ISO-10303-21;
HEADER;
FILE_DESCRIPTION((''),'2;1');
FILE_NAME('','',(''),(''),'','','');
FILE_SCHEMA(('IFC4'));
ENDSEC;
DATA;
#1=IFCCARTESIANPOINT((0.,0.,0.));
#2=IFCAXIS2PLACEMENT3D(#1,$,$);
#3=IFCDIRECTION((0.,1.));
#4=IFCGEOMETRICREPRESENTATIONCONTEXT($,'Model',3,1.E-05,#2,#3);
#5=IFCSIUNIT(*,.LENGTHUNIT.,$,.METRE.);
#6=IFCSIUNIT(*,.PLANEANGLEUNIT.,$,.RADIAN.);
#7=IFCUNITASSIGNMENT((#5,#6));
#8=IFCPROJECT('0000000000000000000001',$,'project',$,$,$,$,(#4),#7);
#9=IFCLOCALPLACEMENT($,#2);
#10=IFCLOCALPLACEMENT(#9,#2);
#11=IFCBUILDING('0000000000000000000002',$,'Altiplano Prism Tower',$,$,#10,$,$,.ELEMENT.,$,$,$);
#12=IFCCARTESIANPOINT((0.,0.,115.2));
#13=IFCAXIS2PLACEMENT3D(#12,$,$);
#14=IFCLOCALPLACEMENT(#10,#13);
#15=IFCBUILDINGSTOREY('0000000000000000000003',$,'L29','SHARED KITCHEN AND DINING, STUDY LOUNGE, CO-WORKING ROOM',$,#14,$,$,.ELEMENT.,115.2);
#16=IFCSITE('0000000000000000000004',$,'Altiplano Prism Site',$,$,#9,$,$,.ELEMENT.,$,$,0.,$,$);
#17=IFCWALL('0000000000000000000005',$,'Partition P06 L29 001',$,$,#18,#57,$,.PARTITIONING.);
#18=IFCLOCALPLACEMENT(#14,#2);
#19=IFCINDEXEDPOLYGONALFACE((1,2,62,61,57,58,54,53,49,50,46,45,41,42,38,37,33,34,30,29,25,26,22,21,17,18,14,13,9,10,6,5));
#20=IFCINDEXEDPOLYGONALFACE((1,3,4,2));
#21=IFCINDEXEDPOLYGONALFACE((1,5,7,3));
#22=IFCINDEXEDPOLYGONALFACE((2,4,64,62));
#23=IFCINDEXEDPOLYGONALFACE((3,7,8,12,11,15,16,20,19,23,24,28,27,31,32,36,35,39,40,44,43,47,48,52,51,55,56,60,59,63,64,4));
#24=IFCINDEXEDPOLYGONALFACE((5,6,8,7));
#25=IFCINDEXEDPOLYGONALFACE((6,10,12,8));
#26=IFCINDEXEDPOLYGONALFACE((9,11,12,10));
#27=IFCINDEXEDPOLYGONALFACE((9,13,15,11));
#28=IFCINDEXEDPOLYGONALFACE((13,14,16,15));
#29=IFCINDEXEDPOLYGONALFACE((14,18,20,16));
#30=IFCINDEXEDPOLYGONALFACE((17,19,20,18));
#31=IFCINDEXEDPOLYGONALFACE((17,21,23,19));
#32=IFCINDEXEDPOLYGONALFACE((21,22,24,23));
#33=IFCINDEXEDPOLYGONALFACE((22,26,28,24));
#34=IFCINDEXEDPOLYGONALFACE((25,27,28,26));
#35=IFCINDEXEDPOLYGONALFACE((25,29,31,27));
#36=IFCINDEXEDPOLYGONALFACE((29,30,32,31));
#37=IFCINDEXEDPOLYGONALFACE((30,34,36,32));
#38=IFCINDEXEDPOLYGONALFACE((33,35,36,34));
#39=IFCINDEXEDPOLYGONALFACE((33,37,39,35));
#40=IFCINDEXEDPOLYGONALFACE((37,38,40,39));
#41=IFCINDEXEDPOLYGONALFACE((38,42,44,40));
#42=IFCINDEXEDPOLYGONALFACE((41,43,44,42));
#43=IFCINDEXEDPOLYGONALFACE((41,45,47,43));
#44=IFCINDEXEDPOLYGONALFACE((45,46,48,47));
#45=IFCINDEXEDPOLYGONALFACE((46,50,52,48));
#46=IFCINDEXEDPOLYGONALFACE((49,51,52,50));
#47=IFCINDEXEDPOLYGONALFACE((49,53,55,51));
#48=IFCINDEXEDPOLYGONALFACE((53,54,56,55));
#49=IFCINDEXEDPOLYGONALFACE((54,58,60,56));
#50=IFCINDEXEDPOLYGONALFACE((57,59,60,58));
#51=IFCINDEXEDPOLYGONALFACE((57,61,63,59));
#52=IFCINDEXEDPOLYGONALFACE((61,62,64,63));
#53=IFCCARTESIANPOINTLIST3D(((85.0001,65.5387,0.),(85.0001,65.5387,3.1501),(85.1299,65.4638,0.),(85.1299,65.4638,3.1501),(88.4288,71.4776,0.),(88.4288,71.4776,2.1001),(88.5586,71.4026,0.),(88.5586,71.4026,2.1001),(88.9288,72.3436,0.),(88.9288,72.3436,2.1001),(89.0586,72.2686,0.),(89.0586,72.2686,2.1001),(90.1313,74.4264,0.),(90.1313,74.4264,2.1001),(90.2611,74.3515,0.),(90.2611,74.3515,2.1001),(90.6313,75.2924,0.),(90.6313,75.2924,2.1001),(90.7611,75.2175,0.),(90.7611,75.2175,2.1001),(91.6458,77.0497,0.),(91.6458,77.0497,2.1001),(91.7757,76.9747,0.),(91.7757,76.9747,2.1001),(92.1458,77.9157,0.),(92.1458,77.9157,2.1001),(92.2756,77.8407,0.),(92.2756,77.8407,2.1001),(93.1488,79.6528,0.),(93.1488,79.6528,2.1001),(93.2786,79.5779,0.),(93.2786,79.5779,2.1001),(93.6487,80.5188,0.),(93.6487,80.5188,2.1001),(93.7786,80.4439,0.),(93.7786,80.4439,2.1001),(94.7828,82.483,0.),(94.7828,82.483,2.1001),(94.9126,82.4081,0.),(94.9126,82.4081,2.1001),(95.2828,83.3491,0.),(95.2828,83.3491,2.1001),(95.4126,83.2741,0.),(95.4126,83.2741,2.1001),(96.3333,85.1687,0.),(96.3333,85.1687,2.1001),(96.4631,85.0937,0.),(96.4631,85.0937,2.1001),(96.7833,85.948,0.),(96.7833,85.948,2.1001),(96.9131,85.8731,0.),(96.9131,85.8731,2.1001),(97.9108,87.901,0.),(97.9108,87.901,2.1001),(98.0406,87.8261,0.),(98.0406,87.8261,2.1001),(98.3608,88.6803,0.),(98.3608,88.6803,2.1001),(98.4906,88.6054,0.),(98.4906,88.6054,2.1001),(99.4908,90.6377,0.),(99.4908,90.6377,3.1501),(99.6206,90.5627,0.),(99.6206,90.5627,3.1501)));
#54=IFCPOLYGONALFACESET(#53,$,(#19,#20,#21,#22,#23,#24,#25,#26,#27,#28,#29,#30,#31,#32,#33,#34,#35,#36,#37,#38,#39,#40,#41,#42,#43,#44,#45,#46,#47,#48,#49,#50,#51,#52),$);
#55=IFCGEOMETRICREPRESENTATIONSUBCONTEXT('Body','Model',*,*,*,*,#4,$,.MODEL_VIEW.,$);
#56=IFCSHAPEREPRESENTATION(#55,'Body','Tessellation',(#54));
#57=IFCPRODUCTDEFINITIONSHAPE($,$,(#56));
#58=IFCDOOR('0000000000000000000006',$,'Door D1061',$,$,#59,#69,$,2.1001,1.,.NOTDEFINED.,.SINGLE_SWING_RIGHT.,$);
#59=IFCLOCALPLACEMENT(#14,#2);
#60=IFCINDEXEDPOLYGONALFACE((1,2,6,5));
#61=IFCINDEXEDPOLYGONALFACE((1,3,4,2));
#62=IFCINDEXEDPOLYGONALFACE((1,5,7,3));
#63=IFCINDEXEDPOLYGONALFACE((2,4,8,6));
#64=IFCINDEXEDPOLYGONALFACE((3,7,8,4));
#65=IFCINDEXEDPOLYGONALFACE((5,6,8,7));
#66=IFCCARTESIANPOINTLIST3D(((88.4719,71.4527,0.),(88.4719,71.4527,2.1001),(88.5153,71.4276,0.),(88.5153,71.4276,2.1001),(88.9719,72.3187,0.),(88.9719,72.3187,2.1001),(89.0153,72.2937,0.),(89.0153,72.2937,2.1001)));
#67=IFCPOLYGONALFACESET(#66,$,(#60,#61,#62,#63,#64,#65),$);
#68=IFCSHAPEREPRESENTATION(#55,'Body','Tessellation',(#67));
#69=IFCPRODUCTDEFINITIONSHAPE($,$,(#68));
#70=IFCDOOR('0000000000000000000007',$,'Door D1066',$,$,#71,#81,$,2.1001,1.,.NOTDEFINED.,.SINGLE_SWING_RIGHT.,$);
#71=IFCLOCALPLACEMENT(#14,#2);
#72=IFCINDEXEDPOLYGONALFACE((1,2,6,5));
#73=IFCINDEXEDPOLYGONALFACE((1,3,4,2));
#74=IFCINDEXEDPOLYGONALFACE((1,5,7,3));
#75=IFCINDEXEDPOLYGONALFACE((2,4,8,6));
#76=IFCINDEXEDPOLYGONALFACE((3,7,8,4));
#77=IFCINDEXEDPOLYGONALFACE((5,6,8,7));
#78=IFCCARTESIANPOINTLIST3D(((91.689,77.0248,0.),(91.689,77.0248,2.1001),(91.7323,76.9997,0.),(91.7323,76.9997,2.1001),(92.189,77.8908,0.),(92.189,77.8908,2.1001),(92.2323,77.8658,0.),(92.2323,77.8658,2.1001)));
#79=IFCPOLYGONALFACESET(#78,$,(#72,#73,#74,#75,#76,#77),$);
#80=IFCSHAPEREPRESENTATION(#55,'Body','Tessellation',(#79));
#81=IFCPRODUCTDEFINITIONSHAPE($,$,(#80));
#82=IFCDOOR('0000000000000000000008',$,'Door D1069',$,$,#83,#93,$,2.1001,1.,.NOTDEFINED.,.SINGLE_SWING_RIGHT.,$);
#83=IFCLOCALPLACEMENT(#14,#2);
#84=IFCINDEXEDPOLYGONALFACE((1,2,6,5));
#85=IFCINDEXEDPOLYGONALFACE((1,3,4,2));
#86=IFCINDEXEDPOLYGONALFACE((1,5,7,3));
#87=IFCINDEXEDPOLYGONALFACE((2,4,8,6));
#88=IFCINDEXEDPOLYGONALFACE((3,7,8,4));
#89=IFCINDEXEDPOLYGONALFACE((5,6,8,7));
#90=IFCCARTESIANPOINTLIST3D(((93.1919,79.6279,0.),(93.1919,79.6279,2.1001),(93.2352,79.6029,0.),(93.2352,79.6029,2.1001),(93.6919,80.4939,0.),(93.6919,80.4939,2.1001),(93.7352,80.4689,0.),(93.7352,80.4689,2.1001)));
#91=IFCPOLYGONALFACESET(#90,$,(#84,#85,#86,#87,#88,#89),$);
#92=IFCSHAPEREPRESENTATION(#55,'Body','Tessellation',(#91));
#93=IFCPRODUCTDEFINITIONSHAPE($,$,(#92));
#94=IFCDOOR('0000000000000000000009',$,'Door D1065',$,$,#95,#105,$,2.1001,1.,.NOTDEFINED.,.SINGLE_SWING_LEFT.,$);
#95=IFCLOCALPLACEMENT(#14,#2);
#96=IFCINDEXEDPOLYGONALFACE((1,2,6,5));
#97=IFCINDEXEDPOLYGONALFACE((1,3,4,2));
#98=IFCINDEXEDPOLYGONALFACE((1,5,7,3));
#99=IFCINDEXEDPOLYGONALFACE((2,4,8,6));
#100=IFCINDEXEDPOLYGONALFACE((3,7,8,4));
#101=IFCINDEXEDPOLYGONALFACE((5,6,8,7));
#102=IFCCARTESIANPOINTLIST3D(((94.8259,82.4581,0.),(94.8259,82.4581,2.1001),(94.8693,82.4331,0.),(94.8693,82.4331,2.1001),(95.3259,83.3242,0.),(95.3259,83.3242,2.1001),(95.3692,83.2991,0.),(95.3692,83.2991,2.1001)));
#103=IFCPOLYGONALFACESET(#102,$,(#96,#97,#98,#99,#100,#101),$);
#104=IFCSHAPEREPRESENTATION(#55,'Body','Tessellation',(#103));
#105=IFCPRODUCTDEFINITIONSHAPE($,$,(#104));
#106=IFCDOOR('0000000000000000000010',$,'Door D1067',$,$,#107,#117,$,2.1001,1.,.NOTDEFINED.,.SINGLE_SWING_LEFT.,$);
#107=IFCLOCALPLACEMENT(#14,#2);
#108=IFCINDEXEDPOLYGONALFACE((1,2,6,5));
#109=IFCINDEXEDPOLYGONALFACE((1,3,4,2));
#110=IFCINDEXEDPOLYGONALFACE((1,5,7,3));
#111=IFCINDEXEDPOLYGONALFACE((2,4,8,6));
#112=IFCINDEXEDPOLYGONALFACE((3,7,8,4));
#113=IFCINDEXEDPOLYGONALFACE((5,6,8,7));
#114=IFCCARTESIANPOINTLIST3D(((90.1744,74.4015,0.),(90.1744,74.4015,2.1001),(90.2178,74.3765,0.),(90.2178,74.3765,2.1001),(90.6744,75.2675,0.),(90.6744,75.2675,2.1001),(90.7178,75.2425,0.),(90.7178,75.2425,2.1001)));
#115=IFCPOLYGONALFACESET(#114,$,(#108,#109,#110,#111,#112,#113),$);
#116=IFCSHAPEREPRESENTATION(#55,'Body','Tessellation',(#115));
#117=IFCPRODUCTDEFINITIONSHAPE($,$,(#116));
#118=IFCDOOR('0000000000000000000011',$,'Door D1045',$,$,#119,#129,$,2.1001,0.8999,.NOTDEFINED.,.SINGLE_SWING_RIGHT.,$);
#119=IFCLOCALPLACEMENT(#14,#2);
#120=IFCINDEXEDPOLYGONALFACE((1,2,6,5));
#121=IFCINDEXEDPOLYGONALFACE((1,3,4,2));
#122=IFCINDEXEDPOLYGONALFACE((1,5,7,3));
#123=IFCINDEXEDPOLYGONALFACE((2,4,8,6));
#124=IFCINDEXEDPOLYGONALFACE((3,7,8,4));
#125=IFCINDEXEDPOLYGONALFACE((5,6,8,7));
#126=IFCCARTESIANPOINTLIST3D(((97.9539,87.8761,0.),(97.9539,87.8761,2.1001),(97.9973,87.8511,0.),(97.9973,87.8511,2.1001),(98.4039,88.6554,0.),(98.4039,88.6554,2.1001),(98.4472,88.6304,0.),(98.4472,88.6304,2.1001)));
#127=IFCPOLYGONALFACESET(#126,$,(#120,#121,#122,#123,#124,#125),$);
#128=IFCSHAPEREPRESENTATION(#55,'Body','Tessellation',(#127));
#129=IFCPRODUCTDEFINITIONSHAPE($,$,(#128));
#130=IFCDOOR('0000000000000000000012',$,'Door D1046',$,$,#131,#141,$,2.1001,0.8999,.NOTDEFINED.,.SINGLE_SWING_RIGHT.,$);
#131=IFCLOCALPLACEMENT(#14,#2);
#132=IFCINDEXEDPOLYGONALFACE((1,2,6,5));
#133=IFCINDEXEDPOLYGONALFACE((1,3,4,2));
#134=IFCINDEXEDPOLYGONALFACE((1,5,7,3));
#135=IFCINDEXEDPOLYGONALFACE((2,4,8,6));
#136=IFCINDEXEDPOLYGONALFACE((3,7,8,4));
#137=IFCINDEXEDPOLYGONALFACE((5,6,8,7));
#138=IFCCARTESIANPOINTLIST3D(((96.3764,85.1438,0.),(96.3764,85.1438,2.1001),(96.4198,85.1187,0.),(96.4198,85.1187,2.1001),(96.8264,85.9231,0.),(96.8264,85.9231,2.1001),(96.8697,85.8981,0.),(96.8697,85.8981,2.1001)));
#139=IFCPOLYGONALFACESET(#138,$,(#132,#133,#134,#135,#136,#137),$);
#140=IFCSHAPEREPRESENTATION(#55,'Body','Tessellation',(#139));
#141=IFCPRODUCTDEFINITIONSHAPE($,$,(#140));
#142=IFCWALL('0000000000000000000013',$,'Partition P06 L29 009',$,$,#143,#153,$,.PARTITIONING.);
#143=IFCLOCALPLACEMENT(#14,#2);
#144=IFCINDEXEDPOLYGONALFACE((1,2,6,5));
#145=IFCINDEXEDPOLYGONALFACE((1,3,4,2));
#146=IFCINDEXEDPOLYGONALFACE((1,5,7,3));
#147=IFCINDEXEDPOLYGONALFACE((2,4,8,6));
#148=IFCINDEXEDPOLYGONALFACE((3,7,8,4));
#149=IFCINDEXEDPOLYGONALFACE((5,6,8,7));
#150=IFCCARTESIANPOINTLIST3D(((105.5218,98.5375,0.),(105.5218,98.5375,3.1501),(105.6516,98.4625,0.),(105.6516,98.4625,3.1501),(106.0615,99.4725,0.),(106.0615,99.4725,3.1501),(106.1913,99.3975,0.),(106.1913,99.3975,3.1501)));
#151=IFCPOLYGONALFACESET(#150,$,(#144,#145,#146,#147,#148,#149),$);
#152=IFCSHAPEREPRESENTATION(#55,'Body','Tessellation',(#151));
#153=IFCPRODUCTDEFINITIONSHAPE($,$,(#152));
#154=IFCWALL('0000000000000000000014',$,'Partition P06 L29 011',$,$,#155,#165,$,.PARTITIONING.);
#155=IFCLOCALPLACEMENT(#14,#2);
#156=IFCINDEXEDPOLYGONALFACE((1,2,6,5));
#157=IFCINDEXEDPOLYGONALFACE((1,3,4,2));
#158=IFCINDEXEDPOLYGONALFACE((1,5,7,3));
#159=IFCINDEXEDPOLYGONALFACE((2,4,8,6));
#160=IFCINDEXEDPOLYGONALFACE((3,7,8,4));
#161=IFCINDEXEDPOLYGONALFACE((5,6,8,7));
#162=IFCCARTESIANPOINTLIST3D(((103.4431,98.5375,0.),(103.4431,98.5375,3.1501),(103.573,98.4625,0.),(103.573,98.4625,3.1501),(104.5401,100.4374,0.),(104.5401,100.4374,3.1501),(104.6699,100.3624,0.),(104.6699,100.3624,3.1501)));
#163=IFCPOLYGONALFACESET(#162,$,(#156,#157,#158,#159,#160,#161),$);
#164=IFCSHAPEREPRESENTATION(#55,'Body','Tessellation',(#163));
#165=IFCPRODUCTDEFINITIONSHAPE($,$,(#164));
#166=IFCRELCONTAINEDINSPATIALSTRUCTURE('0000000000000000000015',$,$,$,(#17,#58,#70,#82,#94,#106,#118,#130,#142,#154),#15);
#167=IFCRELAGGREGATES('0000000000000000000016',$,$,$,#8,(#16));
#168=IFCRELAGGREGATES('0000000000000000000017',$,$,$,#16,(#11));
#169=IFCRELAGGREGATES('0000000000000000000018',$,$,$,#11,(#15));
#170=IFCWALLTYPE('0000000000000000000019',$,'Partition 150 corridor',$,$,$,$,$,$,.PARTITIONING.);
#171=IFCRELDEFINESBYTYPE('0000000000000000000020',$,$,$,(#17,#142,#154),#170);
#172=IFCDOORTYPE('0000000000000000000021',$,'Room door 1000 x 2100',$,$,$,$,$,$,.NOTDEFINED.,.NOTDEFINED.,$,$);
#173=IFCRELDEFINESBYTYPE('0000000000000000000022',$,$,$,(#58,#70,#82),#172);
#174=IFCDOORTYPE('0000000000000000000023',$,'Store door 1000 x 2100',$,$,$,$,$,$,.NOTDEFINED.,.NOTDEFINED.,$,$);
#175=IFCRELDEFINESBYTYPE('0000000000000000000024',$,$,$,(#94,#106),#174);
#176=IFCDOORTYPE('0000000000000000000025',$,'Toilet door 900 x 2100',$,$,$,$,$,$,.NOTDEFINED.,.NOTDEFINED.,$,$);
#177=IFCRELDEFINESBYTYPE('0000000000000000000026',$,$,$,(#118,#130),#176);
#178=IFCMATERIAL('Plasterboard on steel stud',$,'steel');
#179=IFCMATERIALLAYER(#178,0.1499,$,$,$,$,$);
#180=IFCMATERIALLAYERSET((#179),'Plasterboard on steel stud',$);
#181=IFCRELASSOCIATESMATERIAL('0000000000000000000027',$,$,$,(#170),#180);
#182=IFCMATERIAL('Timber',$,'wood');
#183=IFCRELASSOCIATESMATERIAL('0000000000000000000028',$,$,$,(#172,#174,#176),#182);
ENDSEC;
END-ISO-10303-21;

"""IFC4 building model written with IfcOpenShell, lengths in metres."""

from ifc_helpers import new_model, si_unit, direction, frame, frame_2d, origin, place, context, subcontext, project, spatial, rectangle, extrude, material, layer, layer_set, type_object, element, fill, save


model = new_model("IFC4")

# Units and contexts
model_context = context("Model", 3, precision=1e-05, world=origin(), true_north=direction((0.0, 1.0)))
body_context = subcontext(model_context, "Body", "Model", "MODEL_VIEW")
ifc_project = project(units=[si_unit("LENGTHUNIT", "METRE"), si_unit("PLANEANGLEUNIT", "RADIAN")], contexts=[model_context])

# Site, building, storey
site_placement = place(None, origin())
site = spatial("IfcSite", under=ifc_project, at=site_placement, Name="Altiplano Prism Site", CompositionType="ELEMENT", RefElevation=0.0)
building_placement = place(site_placement, origin())
building = spatial("IfcBuilding", under=site, at=building_placement, Name="Altiplano Prism Tower", CompositionType="ELEMENT")
storey_placement = place(building_placement, frame((0.0, 0.0, 115.2)))
storey = spatial("IfcBuildingStorey", under=building, at=storey_placement, Name="L29", Description="SHARED KITCHEN AND DINING, STUDY LOUNGE, CO-WORKING ROOM", CompositionType="ELEMENT", Elevation=115.2)

# Wall, openings, doors
ifc_material_1 = material(Name="Plasterboard on steel stud", Category="steel")
ifc_layer_1 = layer(ifc_material_1, 0.1499)
ifc_layer_set_1 = layer_set([ifc_layer_1], Name="Plasterboard on steel stud")
wall_type_1 = type_object("IfcWallType", Name="Partition 150 corridor", PredefinedType="PARTITIONING", material=ifc_layer_set_1)
wall_1_placement = place(storey_placement, frame((99.5557, 90.6001, 0.0), z_axis=(0.0, 0.0, 1.0), x_axis=(-0.499997, -0.866027, 0.0)))
wall_1 = element("IfcWall", 1, at=wall_1_placement, inside=storey, type_object=wall_type_1, Name="Partition P06 L29 001", PredefinedType="PARTITIONING", context=body_context, shape_type="SweptSolid", body=[
    extrude(rectangle(XDim=28.9817, YDim=0.1499, at=frame_2d((14.4907, 0.0))), origin(), (0.0, 0.0, 1.0), 3.1501),
])
opening_1_placement = place(wall_1_placement, frame((2.26, 0.0, 0.0)))
opening_1 = element("IfcOpeningElement", 2, at=opening_1_placement, cuts=wall_1, PredefinedType="OPENING", context=body_context, shape_type="SweptSolid", body=[
    extrude(rectangle(XDim=0.8999, YDim=2.1001, at=frame_2d((0.45, 1.05))), frame((0.0, 0.0854, 0.0), z_axis=(0.0, -1.0, 0.0), x_axis=(1.0, 0.0, 0.0)), (0.0, 0.0, 1.0), 0.1709),
])
opening_2_placement = place(wall_1_placement, frame((5.415, 0.0, 0.0)))
opening_2 = element("IfcOpeningElement", 3, at=opening_2_placement, cuts=wall_1, PredefinedType="OPENING", context=body_context, shape_type="SweptSolid", body=[
    extrude(rectangle(XDim=0.8999, YDim=2.1001, at=frame_2d((0.45, 1.05))), frame((0.0, 0.0854, 0.0), z_axis=(0.0, -1.0, 0.0), x_axis=(1.0, 0.0, 0.0)), (0.0, 0.0, 1.0), 0.1709),
])
opening_3_placement = place(wall_1_placement, frame((21.124, 0.0, 0.0)))
opening_3 = element("IfcOpeningElement", 4, at=opening_3_placement, cuts=wall_1, PredefinedType="OPENING", context=body_context, shape_type="SweptSolid", body=[
    extrude(rectangle(XDim=1.0, YDim=2.1001, at=frame_2d((0.5, 1.05))), frame((0.0, 0.0854, 0.0), z_axis=(0.0, -1.0, 0.0), x_axis=(1.0, 0.0, 0.0)), (0.0, 0.0, 1.0), 0.1709),
])
opening_4_placement = place(wall_1_placement, frame((8.416, 0.0, 0.0)))
opening_4 = element("IfcOpeningElement", 5, at=opening_4_placement, cuts=wall_1, PredefinedType="OPENING", context=body_context, shape_type="SweptSolid", body=[
    extrude(rectangle(XDim=1.0, YDim=2.1001, at=frame_2d((0.5, 1.05))), frame((0.0, 0.0854, 0.0), z_axis=(0.0, -1.0, 0.0), x_axis=(1.0, 0.0, 0.0)), (0.0, 0.0, 1.0), 0.1709),
])
opening_5_placement = place(wall_1_placement, frame((14.6899, 0.0, 0.0)))
opening_5 = element("IfcOpeningElement", 6, at=opening_5_placement, cuts=wall_1, PredefinedType="OPENING", context=body_context, shape_type="SweptSolid", body=[
    extrude(rectangle(XDim=1.0, YDim=2.1001, at=frame_2d((0.5, 1.05))), frame((0.0, 0.0854, 0.0), z_axis=(0.0, -1.0, 0.0), x_axis=(1.0, 0.0, 0.0)), (0.0, 0.0, 1.0), 0.1709),
])
opening_6_placement = place(wall_1_placement, frame((17.719, 0.0, 0.0)))
opening_6 = element("IfcOpeningElement", 7, at=opening_6_placement, cuts=wall_1, PredefinedType="OPENING", context=body_context, shape_type="SweptSolid", body=[
    extrude(rectangle(XDim=1.0, YDim=2.1001, at=frame_2d((0.5, 1.05))), frame((0.0, 0.0854, 0.0), z_axis=(0.0, -1.0, 0.0), x_axis=(1.0, 0.0, 0.0)), (0.0, 0.0, 1.0), 0.1709),
])
opening_7_placement = place(wall_1_placement, frame((11.6841, 0.0, 0.0)))
opening_7 = element("IfcOpeningElement", 8, at=opening_7_placement, cuts=wall_1, PredefinedType="OPENING", context=body_context, shape_type="SweptSolid", body=[
    extrude(rectangle(XDim=1.0, YDim=2.1001, at=frame_2d((0.5, 1.05))), frame((0.0, 0.0854, 0.0), z_axis=(0.0, -1.0, 0.0), x_axis=(1.0, 0.0, 0.0)), (0.0, 0.0, 1.0), 0.1709),
])
ifc_material_2 = material(Name="Timber", Category="wood")
door_type_1 = type_object("IfcDoorType", Name="Room door 1000 x 2100", OperationType="NOTDEFINED", PredefinedType="NOTDEFINED", material=ifc_material_2)
door_1_placement = place(opening_3_placement, origin())
door_1 = element("IfcDoor", 9, at=door_1_placement, inside=storey, type_object=door_type_1, Name="Door D1061", OperationType="SINGLE_SWING_RIGHT", OverallHeight=2.1001, OverallWidth=1.0, PredefinedType="NOTDEFINED", context=body_context, shape_type="SweptSolid", body=[
    extrude(rectangle(XDim=1.0, YDim=2.1001, at=frame_2d((0.5, 1.05))), frame((0.0, 0.0249, 0.0), z_axis=(0.0, -1.0, 0.0), x_axis=(1.0, 0.0, 0.0)), (0.0, 0.0, 1.0), 0.05),
])
fill(opening_3, door_1)
door_2_placement = place(opening_5_placement, origin())
door_2 = element("IfcDoor", 10, at=door_2_placement, inside=storey, type_object=door_type_1, Name="Door D1066", OperationType="SINGLE_SWING_RIGHT", OverallHeight=2.1001, OverallWidth=1.0, PredefinedType="NOTDEFINED", context=body_context, shape_type="SweptSolid", body=[
    extrude(rectangle(XDim=1.0, YDim=2.1001, at=frame_2d((0.5, 1.05))), frame((0.0, 0.0249, 0.0), z_axis=(0.0, -1.0, 0.0), x_axis=(1.0, 0.0, 0.0)), (0.0, 0.0, 1.0), 0.05),
])
fill(opening_5, door_2)
door_3_placement = place(opening_7_placement, origin())
door_3 = element("IfcDoor", 11, at=door_3_placement, inside=storey, type_object=door_type_1, Name="Door D1069", OperationType="SINGLE_SWING_RIGHT", OverallHeight=2.1001, OverallWidth=1.0, PredefinedType="NOTDEFINED", context=body_context, shape_type="SweptSolid", body=[
    extrude(rectangle(XDim=1.0, YDim=2.1001, at=frame_2d((0.5, 1.05))), frame((0.0, 0.0249, 0.0), z_axis=(0.0, -1.0, 0.0), x_axis=(1.0, 0.0, 0.0)), (0.0, 0.0, 1.0), 0.05),
])
fill(opening_7, door_3)
door_type_2 = type_object("IfcDoorType", Name="Store door 1000 x 2100", OperationType="NOTDEFINED", PredefinedType="NOTDEFINED", material=ifc_material_2)
door_4_placement = place(opening_4_placement, origin())
door_4 = element("IfcDoor", 12, at=door_4_placement, inside=storey, type_object=door_type_2, Name="Door D1065", OperationType="SINGLE_SWING_LEFT", OverallHeight=2.1001, OverallWidth=1.0, PredefinedType="NOTDEFINED", context=body_context, shape_type="SweptSolid", body=[
    extrude(rectangle(XDim=1.0, YDim=2.1001, at=frame_2d((0.5, 1.05))), frame((0.0, 0.0249, 0.0), z_axis=(0.0, -1.0, 0.0), x_axis=(1.0, 0.0, 0.0)), (0.0, 0.0, 1.0), 0.05),
])
fill(opening_4, door_4)
door_5_placement = place(opening_6_placement, origin())
door_5 = element("IfcDoor", 13, at=door_5_placement, inside=storey, type_object=door_type_2, Name="Door D1067", OperationType="SINGLE_SWING_LEFT", OverallHeight=2.1001, OverallWidth=1.0, PredefinedType="NOTDEFINED", context=body_context, shape_type="SweptSolid", body=[
    extrude(rectangle(XDim=1.0, YDim=2.1001, at=frame_2d((0.5, 1.05))), frame((0.0, 0.0249, 0.0), z_axis=(0.0, -1.0, 0.0), x_axis=(1.0, 0.0, 0.0)), (0.0, 0.0, 1.0), 0.05),
])
fill(opening_6, door_5)
door_type_3 = type_object("IfcDoorType", Name="Toilet door 900 x 2100", OperationType="NOTDEFINED", PredefinedType="NOTDEFINED", material=ifc_material_2)
door_6_placement = place(opening_1_placement, origin())
door_6 = element("IfcDoor", 14, at=door_6_placement, inside=storey, type_object=door_type_3, Name="Door D1045", OperationType="SINGLE_SWING_RIGHT", OverallHeight=2.1001, OverallWidth=0.8999, PredefinedType="NOTDEFINED", context=body_context, shape_type="SweptSolid", body=[
    extrude(rectangle(XDim=0.8999, YDim=2.1001, at=frame_2d((0.45, 1.05))), frame((0.0, 0.0249, 0.0), z_axis=(0.0, -1.0, 0.0), x_axis=(1.0, 0.0, 0.0)), (0.0, 0.0, 1.0), 0.05),
])
fill(opening_1, door_6)
door_7_placement = place(opening_2_placement, origin())
door_7 = element("IfcDoor", 15, at=door_7_placement, inside=storey, type_object=door_type_3, Name="Door D1046", OperationType="SINGLE_SWING_RIGHT", OverallHeight=2.1001, OverallWidth=0.8999, PredefinedType="NOTDEFINED", context=body_context, shape_type="SweptSolid", body=[
    extrude(rectangle(XDim=0.8999, YDim=2.1001, at=frame_2d((0.45, 1.05))), frame((0.0, 0.0249, 0.0), z_axis=(0.0, -1.0, 0.0), x_axis=(1.0, 0.0, 0.0)), (0.0, 0.0, 1.0), 0.05),
])
fill(opening_2, door_7)

# Walls
wall_2_placement = place(storey_placement, frame((105.5867, 98.5, 0.0), z_axis=(0.0, 0.0, 1.0), x_axis=(0.499957, 0.86605, 0.0)))
element("IfcWall", 16, at=wall_2_placement, inside=storey, type_object=wall_type_1, Name="Partition P06 L29 009", PredefinedType="PARTITIONING", context=body_context, shape_type="SweptSolid", body=[
    extrude(rectangle(XDim=1.0796, YDim=0.1499, at=frame_2d((0.5398, 0.0))), origin(), (0.0, 0.0, 1.0), 3.1501),
])
wall_3_placement = place(storey_placement, frame((104.605, 100.3999, 0.0), z_axis=(0.0, 0.0, 1.0), x_axis=(-0.500005, -0.866023, 0.0)))
element("IfcWall", 17, at=wall_3_placement, inside=storey, type_object=wall_type_1, Name="Partition P06 L29 011", PredefinedType="PARTITIONING", context=body_context, shape_type="SweptSolid", body=[
    extrude(rectangle(XDim=2.1938, YDim=0.1499, at=frame_2d((1.0969, 0.0))), origin(), (0.0, 0.0, 1.0), 3.1501),
])

save(model, "model.ifc")
